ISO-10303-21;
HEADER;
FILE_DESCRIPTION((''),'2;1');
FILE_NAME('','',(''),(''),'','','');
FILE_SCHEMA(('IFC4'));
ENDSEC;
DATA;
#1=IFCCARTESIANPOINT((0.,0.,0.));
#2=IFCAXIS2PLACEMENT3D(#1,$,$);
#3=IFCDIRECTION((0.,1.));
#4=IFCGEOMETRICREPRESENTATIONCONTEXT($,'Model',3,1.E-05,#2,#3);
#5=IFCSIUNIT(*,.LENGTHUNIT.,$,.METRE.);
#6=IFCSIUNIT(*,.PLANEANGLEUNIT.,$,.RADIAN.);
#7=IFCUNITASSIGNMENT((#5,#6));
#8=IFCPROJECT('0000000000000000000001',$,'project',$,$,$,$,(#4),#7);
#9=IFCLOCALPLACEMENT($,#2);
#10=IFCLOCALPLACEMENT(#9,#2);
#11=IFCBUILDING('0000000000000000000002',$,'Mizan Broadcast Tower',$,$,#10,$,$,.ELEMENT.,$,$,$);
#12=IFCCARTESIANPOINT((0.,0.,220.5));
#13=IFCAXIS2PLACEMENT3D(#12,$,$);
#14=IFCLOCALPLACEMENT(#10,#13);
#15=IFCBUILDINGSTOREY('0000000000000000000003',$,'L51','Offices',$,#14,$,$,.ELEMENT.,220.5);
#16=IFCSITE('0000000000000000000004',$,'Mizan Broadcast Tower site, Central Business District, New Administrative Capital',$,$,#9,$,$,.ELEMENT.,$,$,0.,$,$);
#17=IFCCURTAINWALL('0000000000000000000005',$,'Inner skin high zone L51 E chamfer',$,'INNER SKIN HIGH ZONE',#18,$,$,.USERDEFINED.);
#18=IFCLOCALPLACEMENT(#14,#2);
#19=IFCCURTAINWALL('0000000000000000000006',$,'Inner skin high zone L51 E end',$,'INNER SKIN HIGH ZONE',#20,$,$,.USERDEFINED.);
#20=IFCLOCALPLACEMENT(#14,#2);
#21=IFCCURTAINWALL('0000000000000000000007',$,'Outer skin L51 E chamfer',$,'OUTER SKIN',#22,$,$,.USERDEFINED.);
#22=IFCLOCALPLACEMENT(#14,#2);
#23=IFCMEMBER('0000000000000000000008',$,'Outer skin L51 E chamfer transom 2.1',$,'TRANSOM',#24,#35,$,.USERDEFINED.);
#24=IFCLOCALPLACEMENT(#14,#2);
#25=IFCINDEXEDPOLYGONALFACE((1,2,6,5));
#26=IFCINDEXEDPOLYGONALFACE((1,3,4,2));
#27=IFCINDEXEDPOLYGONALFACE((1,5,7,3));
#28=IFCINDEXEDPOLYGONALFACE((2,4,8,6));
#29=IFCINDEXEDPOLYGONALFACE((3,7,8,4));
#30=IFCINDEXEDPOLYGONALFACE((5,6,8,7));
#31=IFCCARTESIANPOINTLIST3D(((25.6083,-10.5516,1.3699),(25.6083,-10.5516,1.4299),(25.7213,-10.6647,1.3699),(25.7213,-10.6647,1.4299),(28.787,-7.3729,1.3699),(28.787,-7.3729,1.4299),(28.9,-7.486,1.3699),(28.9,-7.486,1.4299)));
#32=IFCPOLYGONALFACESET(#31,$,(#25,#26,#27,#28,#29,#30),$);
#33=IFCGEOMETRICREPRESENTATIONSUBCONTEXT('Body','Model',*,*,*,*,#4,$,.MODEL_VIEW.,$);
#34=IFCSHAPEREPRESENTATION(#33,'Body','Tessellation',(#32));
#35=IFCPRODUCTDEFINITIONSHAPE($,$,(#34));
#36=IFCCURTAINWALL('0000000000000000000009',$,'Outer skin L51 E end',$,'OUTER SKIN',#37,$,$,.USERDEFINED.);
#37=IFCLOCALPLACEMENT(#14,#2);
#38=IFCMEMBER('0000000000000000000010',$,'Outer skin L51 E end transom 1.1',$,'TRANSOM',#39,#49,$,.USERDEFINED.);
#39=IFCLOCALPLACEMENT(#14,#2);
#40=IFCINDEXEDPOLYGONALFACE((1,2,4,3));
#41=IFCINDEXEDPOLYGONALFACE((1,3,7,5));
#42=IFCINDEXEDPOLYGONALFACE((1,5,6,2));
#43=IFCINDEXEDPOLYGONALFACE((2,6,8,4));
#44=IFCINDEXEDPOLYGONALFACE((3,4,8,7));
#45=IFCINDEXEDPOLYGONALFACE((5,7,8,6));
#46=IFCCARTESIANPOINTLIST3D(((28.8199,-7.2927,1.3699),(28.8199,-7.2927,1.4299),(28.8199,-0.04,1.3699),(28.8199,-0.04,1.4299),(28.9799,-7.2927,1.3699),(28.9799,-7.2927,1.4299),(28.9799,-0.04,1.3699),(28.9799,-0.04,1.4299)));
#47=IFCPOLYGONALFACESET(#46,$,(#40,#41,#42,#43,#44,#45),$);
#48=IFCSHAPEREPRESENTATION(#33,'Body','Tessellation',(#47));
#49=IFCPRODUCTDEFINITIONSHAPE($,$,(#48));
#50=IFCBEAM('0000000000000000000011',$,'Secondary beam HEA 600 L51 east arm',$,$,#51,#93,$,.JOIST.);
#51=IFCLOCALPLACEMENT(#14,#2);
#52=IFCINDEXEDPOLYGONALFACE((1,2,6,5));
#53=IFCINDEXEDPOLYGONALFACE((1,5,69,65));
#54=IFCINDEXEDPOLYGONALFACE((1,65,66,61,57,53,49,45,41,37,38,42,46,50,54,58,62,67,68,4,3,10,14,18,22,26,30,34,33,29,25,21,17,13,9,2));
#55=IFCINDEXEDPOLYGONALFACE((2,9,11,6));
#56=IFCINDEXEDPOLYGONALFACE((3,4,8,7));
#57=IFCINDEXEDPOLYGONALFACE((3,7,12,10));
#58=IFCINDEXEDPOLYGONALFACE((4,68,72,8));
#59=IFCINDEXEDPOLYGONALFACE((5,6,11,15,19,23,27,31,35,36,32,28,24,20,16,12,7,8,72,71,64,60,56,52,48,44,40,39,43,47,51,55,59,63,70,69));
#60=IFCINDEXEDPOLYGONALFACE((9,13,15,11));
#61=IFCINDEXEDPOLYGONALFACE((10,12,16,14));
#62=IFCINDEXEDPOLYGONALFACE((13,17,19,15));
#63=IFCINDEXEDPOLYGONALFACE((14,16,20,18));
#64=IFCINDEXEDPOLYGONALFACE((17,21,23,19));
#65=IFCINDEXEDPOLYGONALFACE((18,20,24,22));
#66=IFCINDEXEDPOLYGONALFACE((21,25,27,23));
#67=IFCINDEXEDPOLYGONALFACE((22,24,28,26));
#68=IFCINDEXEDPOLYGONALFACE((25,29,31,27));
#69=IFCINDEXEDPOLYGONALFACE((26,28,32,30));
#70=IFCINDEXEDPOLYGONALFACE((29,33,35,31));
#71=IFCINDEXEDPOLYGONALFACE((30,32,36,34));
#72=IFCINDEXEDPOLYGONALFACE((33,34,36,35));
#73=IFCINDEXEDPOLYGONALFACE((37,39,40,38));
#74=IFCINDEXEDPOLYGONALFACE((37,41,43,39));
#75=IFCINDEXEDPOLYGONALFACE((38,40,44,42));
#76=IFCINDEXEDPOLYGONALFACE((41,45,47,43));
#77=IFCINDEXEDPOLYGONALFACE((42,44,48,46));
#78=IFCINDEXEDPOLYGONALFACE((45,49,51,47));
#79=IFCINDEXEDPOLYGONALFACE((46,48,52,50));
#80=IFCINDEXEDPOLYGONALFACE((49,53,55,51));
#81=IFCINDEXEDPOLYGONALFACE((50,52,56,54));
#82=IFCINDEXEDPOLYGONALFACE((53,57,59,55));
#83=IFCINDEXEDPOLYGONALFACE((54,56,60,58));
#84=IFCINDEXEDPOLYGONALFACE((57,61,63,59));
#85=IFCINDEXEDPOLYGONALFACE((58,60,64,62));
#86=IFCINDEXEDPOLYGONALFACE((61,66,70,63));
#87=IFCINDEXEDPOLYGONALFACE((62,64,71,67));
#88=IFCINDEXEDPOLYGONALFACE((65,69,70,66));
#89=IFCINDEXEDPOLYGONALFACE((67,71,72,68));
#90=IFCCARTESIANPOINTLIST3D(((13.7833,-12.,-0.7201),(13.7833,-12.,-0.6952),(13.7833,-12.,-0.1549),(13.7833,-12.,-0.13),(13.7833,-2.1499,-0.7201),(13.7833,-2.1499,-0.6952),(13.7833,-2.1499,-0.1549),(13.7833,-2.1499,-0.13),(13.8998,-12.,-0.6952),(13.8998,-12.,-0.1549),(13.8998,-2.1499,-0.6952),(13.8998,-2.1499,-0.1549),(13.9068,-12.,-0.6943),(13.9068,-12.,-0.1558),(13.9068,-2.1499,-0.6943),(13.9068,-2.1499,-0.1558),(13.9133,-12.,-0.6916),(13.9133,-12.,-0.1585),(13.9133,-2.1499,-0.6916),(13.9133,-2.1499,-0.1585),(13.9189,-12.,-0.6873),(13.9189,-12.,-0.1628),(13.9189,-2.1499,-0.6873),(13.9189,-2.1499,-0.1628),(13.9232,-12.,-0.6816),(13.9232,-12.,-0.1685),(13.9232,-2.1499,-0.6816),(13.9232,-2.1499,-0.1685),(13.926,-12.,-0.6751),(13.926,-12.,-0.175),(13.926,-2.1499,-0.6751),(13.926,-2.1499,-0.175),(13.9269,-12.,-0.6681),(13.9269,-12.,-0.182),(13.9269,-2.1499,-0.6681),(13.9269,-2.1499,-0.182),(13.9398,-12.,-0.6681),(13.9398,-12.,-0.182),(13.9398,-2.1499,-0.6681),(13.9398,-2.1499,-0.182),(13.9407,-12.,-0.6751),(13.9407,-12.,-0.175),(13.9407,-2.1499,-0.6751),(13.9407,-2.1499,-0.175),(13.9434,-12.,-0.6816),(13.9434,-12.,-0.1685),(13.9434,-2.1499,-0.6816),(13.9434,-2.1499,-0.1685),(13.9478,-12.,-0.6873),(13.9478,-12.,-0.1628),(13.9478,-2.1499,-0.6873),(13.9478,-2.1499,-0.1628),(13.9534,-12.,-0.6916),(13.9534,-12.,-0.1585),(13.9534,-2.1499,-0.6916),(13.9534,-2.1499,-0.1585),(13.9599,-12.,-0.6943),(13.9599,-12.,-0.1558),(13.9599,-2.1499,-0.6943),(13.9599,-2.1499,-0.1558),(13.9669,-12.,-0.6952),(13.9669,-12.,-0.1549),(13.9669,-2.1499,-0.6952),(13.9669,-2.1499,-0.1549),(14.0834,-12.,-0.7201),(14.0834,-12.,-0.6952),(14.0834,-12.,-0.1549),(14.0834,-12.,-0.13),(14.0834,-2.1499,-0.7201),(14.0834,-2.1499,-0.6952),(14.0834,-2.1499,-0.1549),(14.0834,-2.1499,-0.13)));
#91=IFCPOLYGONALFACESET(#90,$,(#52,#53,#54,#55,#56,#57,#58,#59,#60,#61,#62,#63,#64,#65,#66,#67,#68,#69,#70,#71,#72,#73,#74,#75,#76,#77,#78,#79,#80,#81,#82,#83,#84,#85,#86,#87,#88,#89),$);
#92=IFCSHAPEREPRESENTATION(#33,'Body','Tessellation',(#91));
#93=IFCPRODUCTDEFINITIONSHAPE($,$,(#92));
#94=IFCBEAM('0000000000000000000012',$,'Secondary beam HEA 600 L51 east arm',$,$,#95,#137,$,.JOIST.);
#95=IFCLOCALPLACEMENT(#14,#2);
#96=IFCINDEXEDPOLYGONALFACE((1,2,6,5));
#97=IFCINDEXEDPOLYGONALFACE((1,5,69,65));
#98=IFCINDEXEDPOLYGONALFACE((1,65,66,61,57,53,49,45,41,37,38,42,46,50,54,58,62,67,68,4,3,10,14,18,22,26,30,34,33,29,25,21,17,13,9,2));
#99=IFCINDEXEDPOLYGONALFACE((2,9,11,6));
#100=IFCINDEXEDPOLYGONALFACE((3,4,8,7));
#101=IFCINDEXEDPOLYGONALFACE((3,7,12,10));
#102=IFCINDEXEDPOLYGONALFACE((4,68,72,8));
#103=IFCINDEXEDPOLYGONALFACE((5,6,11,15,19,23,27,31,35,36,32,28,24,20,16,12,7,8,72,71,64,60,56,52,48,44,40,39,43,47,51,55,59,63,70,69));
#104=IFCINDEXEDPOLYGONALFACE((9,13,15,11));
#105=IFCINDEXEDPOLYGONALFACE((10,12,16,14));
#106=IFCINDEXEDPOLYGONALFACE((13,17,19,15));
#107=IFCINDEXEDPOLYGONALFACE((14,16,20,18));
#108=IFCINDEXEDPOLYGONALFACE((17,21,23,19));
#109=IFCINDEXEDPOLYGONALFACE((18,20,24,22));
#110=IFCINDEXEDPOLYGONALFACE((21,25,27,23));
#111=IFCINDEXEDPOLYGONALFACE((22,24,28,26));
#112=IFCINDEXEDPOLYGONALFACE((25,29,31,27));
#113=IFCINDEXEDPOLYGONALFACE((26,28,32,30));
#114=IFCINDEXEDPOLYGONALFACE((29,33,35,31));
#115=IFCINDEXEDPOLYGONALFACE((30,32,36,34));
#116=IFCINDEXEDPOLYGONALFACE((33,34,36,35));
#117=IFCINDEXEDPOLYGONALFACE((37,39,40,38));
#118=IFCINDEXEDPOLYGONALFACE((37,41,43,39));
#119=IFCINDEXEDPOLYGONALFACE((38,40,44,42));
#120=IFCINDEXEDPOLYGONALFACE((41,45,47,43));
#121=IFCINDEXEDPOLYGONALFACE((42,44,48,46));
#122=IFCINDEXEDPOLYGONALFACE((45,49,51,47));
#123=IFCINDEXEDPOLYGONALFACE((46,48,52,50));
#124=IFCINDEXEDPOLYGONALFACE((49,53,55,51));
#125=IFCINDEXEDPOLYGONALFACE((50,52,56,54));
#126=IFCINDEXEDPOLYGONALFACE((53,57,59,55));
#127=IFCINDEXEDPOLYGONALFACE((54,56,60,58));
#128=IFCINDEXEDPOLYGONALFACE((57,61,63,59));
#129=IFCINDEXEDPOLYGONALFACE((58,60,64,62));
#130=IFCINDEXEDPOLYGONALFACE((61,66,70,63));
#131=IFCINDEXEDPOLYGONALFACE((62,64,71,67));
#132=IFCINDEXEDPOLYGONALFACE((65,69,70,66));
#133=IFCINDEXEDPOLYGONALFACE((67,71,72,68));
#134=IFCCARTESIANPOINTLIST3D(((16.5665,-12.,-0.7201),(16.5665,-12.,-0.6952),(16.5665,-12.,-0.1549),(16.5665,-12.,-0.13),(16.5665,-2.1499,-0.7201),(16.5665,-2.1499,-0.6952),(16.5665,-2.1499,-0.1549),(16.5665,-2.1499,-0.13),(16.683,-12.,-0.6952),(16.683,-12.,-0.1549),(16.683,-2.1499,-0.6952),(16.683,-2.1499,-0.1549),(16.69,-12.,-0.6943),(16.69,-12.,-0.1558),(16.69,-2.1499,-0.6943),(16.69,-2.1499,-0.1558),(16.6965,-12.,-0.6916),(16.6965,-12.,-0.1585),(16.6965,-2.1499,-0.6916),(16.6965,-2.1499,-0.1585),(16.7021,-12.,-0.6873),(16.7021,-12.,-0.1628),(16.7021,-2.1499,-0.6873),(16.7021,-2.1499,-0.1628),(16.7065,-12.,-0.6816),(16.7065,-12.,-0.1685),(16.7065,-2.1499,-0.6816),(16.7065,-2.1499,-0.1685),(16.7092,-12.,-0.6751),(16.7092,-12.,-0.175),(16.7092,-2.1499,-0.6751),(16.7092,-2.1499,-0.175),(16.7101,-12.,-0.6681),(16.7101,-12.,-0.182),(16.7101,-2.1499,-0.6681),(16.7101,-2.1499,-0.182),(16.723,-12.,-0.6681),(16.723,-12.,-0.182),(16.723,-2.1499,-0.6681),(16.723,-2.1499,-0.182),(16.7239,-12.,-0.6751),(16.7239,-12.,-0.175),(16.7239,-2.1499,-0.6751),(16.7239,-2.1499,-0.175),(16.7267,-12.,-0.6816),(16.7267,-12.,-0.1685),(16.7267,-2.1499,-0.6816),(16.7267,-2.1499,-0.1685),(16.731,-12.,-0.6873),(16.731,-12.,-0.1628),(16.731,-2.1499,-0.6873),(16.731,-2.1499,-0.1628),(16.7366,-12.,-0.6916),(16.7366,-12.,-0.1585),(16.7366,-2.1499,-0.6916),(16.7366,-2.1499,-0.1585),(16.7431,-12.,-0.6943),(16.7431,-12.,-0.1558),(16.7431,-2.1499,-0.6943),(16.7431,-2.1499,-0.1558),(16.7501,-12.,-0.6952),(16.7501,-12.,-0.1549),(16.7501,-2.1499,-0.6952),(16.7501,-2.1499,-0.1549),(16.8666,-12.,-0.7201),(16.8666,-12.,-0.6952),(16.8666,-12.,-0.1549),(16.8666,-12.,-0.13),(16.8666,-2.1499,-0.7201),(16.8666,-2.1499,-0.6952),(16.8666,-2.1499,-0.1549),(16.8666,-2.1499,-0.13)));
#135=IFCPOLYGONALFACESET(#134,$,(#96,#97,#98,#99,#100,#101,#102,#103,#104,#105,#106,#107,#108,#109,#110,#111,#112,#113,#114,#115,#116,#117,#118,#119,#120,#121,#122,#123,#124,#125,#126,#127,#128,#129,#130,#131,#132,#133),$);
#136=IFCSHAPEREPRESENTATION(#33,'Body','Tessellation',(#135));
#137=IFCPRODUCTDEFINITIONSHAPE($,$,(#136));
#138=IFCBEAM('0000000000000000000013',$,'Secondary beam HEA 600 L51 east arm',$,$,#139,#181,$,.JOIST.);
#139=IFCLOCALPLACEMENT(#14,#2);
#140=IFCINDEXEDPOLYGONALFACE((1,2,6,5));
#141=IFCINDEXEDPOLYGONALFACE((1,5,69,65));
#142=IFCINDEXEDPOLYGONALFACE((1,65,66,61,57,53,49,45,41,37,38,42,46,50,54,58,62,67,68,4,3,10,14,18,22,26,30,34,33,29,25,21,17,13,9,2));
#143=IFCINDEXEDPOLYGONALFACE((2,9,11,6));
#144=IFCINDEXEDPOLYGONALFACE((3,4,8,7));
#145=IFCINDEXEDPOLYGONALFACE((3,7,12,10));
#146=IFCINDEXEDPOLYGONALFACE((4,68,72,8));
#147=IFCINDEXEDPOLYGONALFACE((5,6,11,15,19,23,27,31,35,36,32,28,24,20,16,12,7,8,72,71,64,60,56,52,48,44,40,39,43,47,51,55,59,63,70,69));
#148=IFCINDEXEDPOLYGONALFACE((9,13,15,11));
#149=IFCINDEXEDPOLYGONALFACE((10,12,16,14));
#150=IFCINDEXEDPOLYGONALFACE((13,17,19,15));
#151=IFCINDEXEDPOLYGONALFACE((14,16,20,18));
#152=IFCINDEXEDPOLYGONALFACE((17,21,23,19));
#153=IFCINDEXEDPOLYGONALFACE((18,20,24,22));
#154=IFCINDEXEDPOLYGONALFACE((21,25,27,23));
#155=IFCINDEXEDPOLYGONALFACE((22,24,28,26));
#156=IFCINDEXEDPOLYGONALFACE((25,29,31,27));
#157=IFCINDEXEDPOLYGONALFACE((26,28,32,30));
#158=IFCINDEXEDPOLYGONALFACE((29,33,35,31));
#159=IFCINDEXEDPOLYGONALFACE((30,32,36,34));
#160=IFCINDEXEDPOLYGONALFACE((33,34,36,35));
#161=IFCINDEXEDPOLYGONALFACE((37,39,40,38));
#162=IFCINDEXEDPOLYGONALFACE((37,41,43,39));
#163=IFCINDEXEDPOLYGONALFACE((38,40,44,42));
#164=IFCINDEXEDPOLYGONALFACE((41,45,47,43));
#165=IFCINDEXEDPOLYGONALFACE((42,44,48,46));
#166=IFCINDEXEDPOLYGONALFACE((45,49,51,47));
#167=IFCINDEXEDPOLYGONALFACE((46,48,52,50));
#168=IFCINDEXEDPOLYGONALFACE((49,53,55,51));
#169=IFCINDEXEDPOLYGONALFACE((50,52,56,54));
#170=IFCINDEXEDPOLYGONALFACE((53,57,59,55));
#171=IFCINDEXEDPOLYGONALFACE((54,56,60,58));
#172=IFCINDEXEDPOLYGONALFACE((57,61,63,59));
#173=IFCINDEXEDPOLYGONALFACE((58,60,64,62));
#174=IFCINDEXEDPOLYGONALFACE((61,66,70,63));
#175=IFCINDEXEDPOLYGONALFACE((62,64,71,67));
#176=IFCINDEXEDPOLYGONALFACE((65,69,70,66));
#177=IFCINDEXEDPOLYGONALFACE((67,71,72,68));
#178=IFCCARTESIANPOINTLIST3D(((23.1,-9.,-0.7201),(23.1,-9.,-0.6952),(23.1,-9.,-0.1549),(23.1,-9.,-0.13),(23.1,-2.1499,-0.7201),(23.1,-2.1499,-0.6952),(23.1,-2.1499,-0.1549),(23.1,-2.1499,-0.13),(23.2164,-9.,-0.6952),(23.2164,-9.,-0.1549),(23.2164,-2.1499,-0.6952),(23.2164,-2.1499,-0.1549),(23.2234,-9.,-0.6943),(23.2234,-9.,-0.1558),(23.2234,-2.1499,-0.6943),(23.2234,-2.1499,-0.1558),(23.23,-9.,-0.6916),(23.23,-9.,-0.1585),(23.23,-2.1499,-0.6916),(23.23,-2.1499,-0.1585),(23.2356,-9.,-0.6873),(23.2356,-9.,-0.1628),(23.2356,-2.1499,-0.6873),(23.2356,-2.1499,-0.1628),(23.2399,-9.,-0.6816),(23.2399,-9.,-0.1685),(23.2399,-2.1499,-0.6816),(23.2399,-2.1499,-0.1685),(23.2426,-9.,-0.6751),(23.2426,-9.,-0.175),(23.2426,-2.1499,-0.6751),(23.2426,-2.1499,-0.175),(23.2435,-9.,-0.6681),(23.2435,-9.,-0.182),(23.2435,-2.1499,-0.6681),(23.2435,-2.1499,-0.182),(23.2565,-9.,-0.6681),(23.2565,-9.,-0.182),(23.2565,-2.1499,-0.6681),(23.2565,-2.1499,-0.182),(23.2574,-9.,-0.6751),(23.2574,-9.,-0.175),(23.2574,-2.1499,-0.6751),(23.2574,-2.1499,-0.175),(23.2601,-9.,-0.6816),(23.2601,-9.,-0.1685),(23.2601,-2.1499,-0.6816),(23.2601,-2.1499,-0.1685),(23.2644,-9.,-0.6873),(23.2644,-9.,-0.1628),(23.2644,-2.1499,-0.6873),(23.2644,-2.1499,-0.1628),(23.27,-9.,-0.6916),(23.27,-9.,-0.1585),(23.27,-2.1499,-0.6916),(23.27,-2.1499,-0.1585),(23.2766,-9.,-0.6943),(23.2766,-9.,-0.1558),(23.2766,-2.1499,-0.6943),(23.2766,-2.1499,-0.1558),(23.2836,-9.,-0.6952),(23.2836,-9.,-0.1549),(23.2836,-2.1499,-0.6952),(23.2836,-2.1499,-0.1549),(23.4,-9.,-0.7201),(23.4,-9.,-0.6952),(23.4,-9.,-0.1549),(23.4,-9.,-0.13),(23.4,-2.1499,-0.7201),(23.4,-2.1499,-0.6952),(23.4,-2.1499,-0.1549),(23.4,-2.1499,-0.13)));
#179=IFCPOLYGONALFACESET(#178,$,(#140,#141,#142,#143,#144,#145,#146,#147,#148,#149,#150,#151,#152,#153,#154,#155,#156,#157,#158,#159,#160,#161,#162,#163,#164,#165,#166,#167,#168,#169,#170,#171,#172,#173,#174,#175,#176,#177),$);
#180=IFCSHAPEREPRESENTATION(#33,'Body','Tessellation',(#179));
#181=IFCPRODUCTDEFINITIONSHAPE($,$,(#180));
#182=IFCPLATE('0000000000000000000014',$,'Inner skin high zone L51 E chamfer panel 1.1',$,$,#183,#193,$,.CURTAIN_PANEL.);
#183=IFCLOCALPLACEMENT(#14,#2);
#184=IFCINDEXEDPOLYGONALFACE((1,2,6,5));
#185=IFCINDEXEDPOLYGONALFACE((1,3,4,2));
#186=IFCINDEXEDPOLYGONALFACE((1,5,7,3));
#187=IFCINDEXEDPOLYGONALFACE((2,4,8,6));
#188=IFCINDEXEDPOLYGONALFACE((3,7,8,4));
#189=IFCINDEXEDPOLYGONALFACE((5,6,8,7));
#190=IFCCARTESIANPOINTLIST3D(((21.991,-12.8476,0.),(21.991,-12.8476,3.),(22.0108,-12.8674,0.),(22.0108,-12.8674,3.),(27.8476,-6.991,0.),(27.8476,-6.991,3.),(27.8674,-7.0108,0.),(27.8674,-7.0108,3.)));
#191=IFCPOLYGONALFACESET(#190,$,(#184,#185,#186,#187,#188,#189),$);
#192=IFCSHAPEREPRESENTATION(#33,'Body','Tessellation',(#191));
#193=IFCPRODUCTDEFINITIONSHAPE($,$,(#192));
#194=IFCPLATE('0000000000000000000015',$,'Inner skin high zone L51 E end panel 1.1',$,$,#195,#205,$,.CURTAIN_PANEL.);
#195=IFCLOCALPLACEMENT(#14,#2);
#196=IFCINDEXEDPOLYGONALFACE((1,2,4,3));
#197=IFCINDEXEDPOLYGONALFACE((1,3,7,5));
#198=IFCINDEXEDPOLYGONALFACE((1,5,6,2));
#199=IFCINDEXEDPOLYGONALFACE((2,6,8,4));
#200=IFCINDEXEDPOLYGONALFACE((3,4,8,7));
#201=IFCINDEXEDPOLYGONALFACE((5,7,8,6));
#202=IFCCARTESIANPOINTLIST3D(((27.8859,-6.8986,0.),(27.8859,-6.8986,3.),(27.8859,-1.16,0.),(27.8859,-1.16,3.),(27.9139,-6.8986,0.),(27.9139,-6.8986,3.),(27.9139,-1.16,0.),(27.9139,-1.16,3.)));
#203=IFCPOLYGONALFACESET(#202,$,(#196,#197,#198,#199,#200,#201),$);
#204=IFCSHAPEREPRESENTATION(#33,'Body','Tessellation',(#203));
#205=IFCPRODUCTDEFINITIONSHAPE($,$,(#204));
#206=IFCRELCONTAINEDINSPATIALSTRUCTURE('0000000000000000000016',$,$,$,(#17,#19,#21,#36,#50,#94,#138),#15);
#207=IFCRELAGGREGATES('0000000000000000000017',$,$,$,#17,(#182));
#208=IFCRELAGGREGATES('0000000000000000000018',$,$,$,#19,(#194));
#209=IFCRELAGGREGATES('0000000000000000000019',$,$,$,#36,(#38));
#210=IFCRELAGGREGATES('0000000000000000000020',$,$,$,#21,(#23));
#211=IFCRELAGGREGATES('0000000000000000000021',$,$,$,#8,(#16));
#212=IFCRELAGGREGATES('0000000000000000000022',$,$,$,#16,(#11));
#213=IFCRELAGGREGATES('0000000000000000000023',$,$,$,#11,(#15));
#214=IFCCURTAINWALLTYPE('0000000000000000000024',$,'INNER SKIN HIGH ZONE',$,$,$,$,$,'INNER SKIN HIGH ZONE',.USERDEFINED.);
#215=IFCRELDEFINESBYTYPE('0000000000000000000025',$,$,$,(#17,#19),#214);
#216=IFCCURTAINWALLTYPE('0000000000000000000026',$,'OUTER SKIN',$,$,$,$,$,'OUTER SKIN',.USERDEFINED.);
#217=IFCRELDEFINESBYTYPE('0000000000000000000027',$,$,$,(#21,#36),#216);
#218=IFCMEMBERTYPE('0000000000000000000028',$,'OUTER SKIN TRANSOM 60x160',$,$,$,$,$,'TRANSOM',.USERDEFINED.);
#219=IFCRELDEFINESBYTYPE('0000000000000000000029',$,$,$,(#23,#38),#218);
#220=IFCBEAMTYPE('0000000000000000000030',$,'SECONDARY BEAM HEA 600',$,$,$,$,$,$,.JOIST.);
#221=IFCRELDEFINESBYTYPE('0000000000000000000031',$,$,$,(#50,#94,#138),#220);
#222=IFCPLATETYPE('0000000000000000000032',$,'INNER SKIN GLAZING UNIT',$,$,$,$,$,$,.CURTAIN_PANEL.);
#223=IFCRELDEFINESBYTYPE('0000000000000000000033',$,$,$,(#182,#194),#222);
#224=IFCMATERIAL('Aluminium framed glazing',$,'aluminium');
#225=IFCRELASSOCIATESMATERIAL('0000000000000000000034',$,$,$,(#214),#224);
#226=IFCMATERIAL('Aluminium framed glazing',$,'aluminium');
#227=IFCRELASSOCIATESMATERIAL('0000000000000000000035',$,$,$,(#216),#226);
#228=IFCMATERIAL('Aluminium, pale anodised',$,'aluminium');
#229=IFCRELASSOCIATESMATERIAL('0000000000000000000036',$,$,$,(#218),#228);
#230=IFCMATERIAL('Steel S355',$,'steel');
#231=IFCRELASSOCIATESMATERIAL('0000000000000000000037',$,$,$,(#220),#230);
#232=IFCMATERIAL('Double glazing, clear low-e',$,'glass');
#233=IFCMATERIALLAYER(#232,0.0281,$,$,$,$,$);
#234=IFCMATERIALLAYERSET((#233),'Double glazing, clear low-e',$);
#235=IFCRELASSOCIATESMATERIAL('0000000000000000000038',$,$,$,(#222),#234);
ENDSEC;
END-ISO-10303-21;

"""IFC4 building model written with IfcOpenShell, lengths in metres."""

from ifc_helpers import new_model, si_unit, direction, frame, origin, origin_2d, place, context, subcontext, project, spatial, rectangle, i_section, extrude, material, layer, layer_set, material_profile, profile_set, type_object, element, aggregate, save


model = new_model("IFC4")

# Units and contexts
model_context = context("Model", 3, precision=1e-05, world=origin(), true_north=direction((0.0, 1.0)))
body_context = subcontext(model_context, "Body", "Model", "MODEL_VIEW")
ifc_project = project(units=[si_unit("LENGTHUNIT", "METRE"), si_unit("PLANEANGLEUNIT", "RADIAN")], contexts=[model_context])

# Site, building, storey
site_placement = place(None, origin())
site = spatial("IfcSite", under=ifc_project, at=site_placement, Name="Mizan Broadcast Tower site, Central Business District, New Administrative Capital", CompositionType="ELEMENT", RefElevation=0.0)
building_placement = place(site_placement, origin())
building = spatial("IfcBuilding", under=site, at=building_placement, Name="Mizan Broadcast Tower", CompositionType="ELEMENT")
storey_placement = place(building_placement, frame((0.0, 0.0, 220.5)))
storey = spatial("IfcBuildingStorey", under=building, at=storey_placement, Name="L51", Description="Offices", CompositionType="ELEMENT", Elevation=220.5)

# Curtain wall
ifc_material_1 = material(Name="Aluminium framed glazing", Category="aluminium")
curtain_wall_type_1 = type_object("IfcCurtainWallType", Name="INNER SKIN HIGH ZONE", ElementType="INNER SKIN HIGH ZONE", PredefinedType="USERDEFINED", material=ifc_material_1)
curtain_wall_1_placement = place(storey_placement, origin())
curtain_wall_1 = element("IfcCurtainWall", 1, at=curtain_wall_1_placement, inside=storey, type_object=curtain_wall_type_1, Name="Inner skin high zone L51 E chamfer", ObjectType="INNER SKIN HIGH ZONE", PredefinedType="USERDEFINED")

# Curtain walls, member
curtain_wall_2_placement = place(storey_placement, origin())
curtain_wall_2 = element("IfcCurtainWall", 2, at=curtain_wall_2_placement, inside=storey, type_object=curtain_wall_type_1, Name="Inner skin high zone L51 E end", ObjectType="INNER SKIN HIGH ZONE", PredefinedType="USERDEFINED")
ifc_material_2 = material(Name="Aluminium framed glazing", Category="aluminium")
curtain_wall_type_2 = type_object("IfcCurtainWallType", Name="OUTER SKIN", ElementType="OUTER SKIN", PredefinedType="USERDEFINED", material=ifc_material_2)
curtain_wall_3_placement = place(storey_placement, origin())
curtain_wall_3 = element("IfcCurtainWall", 3, at=curtain_wall_3_placement, inside=storey, type_object=curtain_wall_type_2, Name="Outer skin L51 E chamfer", ObjectType="OUTER SKIN", PredefinedType="USERDEFINED")
ifc_material_3 = material(Name="Aluminium, pale anodised", Category="aluminium")
ifc_material_profile_1 = material_profile(ifc_material_3, rectangle(XDim=0.1599, YDim=0.0601, at=origin_2d()), Name="TRANSOM 160x60")
ifc_profile_set_1 = profile_set([ifc_material_profile_1], Name="Aluminium, pale anodised")
member_type_1 = type_object("IfcMemberType", Name="OUTER SKIN TRANSOM 60x160", ElementType="TRANSOM", PredefinedType="USERDEFINED", material=ifc_profile_set_1)
member_1_placement = place(storey_placement, frame((25.6648, -10.6082, 1.3999), z_axis=(0.707107, 0.707107, 0.0), x_axis=(-0.707107, 0.707107, 0.0)))
member_1 = element("IfcMember", 4, at=member_1_placement, type_object=member_type_1, Name="Outer skin L51 E chamfer transom 2.1", ObjectType="TRANSOM", PredefinedType="USERDEFINED", context=body_context, shape_type="SweptSolid", body=[
    extrude(rectangle(XDim=0.1599, YDim=0.0601, at=origin_2d()), origin(), (0.0, 0.0, 1.0), 4.4954),
])

# Curtain wall, member
curtain_wall_4_placement = place(storey_placement, origin())
curtain_wall_4 = element("IfcCurtainWall", 5, at=curtain_wall_4_placement, inside=storey, type_object=curtain_wall_type_2, Name="Outer skin L51 E end", ObjectType="OUTER SKIN", PredefinedType="USERDEFINED")
member_2_placement = place(storey_placement, frame((28.8999, -7.2927, 1.3999), z_axis=(0.0, 1.0, 0.0), x_axis=(-1.0, 0.0, 0.0)))
member_2 = element("IfcMember", 6, at=member_2_placement, type_object=member_type_1, Name="Outer skin L51 E end transom 1.1", ObjectType="TRANSOM", PredefinedType="USERDEFINED", context=body_context, shape_type="SweptSolid", body=[
    extrude(rectangle(XDim=0.1599, YDim=0.0601, at=origin_2d()), origin(), (0.0, 0.0, 1.0), 7.2527),
])

# Beams
ifc_material_4 = material(Name="Steel S355", Category="steel")
ifc_material_profile_2 = material_profile(ifc_material_4, i_section(OverallWidth=0.3, OverallDepth=0.5901, WebThickness=0.0129, FlangeThickness=0.0249, FilletRadius=0.0271, at=origin_2d()), Name="HEA 600")
ifc_profile_set_2 = profile_set([ifc_material_profile_2], Name="Steel S355")
beam_type_1 = type_object("IfcBeamType", Name="SECONDARY BEAM HEA 600", PredefinedType="JOIST", material=ifc_profile_set_2)
for number, where, z_axis, x_axis, name in (
    (7, (13.9333, -12.0, -0.425), (0.0, 1.0, 0.0), (-1.0, 0.0, 0.0), "Secondary beam HEA 600 L51 east arm"),
    (8, (16.7166, -12.0, -0.425), (0.0, 1.0, 0.0), (-1.0, 0.0, 0.0), "Secondary beam HEA 600 L51 east arm"),
):
    element("IfcBeam", number, at=place(storey_placement, frame(where, z_axis=z_axis, x_axis=x_axis)), inside=storey, type_object=beam_type_1, Name=name, PredefinedType="JOIST", context=body_context, shape_type="SweptSolid", body=[
        extrude(i_section(OverallWidth=0.3, OverallDepth=0.5901, WebThickness=0.0129, FlangeThickness=0.0249, FilletRadius=0.0271, at=origin_2d()), origin(), (0.0, 0.0, 1.0), 9.8501),
    ])
beam_1_placement = place(storey_placement, frame((23.25, -9.0, -0.425), z_axis=(0.0, 1.0, 0.0), x_axis=(-1.0, 0.0, 0.0)))
element("IfcBeam", 9, at=beam_1_placement, inside=storey, type_object=beam_type_1, Name="Secondary beam HEA 600 L51 east arm", PredefinedType="JOIST", context=body_context, shape_type="SweptSolid", body=[
    extrude(i_section(OverallWidth=0.3, OverallDepth=0.5901, WebThickness=0.0129, FlangeThickness=0.0249, FilletRadius=0.0271, at=origin_2d()), origin(), (0.0, 0.0, 1.0), 6.8501),
])

# Plates
ifc_material_5 = material(Name="Double glazing, clear low-e", Category="glass")
ifc_layer_1 = layer(ifc_material_5, 0.0281)
ifc_layer_set_1 = layer_set([ifc_layer_1], Name="Double glazing, clear low-e")
plate_type_1 = type_object("IfcPlateType", Name="INNER SKIN GLAZING UNIT", PredefinedType="CURTAIN_PANEL", material=ifc_layer_set_1)
plate_1_placement = place(storey_placement, frame((24.9292, -9.9292, 0.0), z_axis=(0.0, 0.0, 1.0), x_axis=(0.707107, 0.707107, 0.0)))
plate_1 = element("IfcPlate", 10, at=plate_1_placement, type_object=plate_type_1, Name="Inner skin high zone L51 E chamfer panel 1.1", PredefinedType="CURTAIN_PANEL", context=body_context, shape_type="SweptSolid", body=[
    extrude(rectangle(XDim=8.2825, YDim=0.0281, at=origin_2d()), origin(), (0.0, 0.0, 1.0), 3.0),
])
plate_2_placement = place(storey_placement, frame((27.8999, -4.0293, 0.0), z_axis=(0.0, 0.0, 1.0), x_axis=(0.0, 1.0, 0.0)))
plate_2 = element("IfcPlate", 11, at=plate_2_placement, type_object=plate_type_1, Name="Inner skin high zone L51 E end panel 1.1", PredefinedType="CURTAIN_PANEL", context=body_context, shape_type="SweptSolid", body=[
    extrude(rectangle(XDim=5.7385, YDim=0.0281, at=origin_2d()), origin(), (0.0, 0.0, 1.0), 3.0),
])
aggregate(curtain_wall_1, [plate_1])
aggregate(curtain_wall_2, [plate_2])
aggregate(curtain_wall_4, [member_2])
aggregate(curtain_wall_3, [member_1])

save(model, "model.ifc")
